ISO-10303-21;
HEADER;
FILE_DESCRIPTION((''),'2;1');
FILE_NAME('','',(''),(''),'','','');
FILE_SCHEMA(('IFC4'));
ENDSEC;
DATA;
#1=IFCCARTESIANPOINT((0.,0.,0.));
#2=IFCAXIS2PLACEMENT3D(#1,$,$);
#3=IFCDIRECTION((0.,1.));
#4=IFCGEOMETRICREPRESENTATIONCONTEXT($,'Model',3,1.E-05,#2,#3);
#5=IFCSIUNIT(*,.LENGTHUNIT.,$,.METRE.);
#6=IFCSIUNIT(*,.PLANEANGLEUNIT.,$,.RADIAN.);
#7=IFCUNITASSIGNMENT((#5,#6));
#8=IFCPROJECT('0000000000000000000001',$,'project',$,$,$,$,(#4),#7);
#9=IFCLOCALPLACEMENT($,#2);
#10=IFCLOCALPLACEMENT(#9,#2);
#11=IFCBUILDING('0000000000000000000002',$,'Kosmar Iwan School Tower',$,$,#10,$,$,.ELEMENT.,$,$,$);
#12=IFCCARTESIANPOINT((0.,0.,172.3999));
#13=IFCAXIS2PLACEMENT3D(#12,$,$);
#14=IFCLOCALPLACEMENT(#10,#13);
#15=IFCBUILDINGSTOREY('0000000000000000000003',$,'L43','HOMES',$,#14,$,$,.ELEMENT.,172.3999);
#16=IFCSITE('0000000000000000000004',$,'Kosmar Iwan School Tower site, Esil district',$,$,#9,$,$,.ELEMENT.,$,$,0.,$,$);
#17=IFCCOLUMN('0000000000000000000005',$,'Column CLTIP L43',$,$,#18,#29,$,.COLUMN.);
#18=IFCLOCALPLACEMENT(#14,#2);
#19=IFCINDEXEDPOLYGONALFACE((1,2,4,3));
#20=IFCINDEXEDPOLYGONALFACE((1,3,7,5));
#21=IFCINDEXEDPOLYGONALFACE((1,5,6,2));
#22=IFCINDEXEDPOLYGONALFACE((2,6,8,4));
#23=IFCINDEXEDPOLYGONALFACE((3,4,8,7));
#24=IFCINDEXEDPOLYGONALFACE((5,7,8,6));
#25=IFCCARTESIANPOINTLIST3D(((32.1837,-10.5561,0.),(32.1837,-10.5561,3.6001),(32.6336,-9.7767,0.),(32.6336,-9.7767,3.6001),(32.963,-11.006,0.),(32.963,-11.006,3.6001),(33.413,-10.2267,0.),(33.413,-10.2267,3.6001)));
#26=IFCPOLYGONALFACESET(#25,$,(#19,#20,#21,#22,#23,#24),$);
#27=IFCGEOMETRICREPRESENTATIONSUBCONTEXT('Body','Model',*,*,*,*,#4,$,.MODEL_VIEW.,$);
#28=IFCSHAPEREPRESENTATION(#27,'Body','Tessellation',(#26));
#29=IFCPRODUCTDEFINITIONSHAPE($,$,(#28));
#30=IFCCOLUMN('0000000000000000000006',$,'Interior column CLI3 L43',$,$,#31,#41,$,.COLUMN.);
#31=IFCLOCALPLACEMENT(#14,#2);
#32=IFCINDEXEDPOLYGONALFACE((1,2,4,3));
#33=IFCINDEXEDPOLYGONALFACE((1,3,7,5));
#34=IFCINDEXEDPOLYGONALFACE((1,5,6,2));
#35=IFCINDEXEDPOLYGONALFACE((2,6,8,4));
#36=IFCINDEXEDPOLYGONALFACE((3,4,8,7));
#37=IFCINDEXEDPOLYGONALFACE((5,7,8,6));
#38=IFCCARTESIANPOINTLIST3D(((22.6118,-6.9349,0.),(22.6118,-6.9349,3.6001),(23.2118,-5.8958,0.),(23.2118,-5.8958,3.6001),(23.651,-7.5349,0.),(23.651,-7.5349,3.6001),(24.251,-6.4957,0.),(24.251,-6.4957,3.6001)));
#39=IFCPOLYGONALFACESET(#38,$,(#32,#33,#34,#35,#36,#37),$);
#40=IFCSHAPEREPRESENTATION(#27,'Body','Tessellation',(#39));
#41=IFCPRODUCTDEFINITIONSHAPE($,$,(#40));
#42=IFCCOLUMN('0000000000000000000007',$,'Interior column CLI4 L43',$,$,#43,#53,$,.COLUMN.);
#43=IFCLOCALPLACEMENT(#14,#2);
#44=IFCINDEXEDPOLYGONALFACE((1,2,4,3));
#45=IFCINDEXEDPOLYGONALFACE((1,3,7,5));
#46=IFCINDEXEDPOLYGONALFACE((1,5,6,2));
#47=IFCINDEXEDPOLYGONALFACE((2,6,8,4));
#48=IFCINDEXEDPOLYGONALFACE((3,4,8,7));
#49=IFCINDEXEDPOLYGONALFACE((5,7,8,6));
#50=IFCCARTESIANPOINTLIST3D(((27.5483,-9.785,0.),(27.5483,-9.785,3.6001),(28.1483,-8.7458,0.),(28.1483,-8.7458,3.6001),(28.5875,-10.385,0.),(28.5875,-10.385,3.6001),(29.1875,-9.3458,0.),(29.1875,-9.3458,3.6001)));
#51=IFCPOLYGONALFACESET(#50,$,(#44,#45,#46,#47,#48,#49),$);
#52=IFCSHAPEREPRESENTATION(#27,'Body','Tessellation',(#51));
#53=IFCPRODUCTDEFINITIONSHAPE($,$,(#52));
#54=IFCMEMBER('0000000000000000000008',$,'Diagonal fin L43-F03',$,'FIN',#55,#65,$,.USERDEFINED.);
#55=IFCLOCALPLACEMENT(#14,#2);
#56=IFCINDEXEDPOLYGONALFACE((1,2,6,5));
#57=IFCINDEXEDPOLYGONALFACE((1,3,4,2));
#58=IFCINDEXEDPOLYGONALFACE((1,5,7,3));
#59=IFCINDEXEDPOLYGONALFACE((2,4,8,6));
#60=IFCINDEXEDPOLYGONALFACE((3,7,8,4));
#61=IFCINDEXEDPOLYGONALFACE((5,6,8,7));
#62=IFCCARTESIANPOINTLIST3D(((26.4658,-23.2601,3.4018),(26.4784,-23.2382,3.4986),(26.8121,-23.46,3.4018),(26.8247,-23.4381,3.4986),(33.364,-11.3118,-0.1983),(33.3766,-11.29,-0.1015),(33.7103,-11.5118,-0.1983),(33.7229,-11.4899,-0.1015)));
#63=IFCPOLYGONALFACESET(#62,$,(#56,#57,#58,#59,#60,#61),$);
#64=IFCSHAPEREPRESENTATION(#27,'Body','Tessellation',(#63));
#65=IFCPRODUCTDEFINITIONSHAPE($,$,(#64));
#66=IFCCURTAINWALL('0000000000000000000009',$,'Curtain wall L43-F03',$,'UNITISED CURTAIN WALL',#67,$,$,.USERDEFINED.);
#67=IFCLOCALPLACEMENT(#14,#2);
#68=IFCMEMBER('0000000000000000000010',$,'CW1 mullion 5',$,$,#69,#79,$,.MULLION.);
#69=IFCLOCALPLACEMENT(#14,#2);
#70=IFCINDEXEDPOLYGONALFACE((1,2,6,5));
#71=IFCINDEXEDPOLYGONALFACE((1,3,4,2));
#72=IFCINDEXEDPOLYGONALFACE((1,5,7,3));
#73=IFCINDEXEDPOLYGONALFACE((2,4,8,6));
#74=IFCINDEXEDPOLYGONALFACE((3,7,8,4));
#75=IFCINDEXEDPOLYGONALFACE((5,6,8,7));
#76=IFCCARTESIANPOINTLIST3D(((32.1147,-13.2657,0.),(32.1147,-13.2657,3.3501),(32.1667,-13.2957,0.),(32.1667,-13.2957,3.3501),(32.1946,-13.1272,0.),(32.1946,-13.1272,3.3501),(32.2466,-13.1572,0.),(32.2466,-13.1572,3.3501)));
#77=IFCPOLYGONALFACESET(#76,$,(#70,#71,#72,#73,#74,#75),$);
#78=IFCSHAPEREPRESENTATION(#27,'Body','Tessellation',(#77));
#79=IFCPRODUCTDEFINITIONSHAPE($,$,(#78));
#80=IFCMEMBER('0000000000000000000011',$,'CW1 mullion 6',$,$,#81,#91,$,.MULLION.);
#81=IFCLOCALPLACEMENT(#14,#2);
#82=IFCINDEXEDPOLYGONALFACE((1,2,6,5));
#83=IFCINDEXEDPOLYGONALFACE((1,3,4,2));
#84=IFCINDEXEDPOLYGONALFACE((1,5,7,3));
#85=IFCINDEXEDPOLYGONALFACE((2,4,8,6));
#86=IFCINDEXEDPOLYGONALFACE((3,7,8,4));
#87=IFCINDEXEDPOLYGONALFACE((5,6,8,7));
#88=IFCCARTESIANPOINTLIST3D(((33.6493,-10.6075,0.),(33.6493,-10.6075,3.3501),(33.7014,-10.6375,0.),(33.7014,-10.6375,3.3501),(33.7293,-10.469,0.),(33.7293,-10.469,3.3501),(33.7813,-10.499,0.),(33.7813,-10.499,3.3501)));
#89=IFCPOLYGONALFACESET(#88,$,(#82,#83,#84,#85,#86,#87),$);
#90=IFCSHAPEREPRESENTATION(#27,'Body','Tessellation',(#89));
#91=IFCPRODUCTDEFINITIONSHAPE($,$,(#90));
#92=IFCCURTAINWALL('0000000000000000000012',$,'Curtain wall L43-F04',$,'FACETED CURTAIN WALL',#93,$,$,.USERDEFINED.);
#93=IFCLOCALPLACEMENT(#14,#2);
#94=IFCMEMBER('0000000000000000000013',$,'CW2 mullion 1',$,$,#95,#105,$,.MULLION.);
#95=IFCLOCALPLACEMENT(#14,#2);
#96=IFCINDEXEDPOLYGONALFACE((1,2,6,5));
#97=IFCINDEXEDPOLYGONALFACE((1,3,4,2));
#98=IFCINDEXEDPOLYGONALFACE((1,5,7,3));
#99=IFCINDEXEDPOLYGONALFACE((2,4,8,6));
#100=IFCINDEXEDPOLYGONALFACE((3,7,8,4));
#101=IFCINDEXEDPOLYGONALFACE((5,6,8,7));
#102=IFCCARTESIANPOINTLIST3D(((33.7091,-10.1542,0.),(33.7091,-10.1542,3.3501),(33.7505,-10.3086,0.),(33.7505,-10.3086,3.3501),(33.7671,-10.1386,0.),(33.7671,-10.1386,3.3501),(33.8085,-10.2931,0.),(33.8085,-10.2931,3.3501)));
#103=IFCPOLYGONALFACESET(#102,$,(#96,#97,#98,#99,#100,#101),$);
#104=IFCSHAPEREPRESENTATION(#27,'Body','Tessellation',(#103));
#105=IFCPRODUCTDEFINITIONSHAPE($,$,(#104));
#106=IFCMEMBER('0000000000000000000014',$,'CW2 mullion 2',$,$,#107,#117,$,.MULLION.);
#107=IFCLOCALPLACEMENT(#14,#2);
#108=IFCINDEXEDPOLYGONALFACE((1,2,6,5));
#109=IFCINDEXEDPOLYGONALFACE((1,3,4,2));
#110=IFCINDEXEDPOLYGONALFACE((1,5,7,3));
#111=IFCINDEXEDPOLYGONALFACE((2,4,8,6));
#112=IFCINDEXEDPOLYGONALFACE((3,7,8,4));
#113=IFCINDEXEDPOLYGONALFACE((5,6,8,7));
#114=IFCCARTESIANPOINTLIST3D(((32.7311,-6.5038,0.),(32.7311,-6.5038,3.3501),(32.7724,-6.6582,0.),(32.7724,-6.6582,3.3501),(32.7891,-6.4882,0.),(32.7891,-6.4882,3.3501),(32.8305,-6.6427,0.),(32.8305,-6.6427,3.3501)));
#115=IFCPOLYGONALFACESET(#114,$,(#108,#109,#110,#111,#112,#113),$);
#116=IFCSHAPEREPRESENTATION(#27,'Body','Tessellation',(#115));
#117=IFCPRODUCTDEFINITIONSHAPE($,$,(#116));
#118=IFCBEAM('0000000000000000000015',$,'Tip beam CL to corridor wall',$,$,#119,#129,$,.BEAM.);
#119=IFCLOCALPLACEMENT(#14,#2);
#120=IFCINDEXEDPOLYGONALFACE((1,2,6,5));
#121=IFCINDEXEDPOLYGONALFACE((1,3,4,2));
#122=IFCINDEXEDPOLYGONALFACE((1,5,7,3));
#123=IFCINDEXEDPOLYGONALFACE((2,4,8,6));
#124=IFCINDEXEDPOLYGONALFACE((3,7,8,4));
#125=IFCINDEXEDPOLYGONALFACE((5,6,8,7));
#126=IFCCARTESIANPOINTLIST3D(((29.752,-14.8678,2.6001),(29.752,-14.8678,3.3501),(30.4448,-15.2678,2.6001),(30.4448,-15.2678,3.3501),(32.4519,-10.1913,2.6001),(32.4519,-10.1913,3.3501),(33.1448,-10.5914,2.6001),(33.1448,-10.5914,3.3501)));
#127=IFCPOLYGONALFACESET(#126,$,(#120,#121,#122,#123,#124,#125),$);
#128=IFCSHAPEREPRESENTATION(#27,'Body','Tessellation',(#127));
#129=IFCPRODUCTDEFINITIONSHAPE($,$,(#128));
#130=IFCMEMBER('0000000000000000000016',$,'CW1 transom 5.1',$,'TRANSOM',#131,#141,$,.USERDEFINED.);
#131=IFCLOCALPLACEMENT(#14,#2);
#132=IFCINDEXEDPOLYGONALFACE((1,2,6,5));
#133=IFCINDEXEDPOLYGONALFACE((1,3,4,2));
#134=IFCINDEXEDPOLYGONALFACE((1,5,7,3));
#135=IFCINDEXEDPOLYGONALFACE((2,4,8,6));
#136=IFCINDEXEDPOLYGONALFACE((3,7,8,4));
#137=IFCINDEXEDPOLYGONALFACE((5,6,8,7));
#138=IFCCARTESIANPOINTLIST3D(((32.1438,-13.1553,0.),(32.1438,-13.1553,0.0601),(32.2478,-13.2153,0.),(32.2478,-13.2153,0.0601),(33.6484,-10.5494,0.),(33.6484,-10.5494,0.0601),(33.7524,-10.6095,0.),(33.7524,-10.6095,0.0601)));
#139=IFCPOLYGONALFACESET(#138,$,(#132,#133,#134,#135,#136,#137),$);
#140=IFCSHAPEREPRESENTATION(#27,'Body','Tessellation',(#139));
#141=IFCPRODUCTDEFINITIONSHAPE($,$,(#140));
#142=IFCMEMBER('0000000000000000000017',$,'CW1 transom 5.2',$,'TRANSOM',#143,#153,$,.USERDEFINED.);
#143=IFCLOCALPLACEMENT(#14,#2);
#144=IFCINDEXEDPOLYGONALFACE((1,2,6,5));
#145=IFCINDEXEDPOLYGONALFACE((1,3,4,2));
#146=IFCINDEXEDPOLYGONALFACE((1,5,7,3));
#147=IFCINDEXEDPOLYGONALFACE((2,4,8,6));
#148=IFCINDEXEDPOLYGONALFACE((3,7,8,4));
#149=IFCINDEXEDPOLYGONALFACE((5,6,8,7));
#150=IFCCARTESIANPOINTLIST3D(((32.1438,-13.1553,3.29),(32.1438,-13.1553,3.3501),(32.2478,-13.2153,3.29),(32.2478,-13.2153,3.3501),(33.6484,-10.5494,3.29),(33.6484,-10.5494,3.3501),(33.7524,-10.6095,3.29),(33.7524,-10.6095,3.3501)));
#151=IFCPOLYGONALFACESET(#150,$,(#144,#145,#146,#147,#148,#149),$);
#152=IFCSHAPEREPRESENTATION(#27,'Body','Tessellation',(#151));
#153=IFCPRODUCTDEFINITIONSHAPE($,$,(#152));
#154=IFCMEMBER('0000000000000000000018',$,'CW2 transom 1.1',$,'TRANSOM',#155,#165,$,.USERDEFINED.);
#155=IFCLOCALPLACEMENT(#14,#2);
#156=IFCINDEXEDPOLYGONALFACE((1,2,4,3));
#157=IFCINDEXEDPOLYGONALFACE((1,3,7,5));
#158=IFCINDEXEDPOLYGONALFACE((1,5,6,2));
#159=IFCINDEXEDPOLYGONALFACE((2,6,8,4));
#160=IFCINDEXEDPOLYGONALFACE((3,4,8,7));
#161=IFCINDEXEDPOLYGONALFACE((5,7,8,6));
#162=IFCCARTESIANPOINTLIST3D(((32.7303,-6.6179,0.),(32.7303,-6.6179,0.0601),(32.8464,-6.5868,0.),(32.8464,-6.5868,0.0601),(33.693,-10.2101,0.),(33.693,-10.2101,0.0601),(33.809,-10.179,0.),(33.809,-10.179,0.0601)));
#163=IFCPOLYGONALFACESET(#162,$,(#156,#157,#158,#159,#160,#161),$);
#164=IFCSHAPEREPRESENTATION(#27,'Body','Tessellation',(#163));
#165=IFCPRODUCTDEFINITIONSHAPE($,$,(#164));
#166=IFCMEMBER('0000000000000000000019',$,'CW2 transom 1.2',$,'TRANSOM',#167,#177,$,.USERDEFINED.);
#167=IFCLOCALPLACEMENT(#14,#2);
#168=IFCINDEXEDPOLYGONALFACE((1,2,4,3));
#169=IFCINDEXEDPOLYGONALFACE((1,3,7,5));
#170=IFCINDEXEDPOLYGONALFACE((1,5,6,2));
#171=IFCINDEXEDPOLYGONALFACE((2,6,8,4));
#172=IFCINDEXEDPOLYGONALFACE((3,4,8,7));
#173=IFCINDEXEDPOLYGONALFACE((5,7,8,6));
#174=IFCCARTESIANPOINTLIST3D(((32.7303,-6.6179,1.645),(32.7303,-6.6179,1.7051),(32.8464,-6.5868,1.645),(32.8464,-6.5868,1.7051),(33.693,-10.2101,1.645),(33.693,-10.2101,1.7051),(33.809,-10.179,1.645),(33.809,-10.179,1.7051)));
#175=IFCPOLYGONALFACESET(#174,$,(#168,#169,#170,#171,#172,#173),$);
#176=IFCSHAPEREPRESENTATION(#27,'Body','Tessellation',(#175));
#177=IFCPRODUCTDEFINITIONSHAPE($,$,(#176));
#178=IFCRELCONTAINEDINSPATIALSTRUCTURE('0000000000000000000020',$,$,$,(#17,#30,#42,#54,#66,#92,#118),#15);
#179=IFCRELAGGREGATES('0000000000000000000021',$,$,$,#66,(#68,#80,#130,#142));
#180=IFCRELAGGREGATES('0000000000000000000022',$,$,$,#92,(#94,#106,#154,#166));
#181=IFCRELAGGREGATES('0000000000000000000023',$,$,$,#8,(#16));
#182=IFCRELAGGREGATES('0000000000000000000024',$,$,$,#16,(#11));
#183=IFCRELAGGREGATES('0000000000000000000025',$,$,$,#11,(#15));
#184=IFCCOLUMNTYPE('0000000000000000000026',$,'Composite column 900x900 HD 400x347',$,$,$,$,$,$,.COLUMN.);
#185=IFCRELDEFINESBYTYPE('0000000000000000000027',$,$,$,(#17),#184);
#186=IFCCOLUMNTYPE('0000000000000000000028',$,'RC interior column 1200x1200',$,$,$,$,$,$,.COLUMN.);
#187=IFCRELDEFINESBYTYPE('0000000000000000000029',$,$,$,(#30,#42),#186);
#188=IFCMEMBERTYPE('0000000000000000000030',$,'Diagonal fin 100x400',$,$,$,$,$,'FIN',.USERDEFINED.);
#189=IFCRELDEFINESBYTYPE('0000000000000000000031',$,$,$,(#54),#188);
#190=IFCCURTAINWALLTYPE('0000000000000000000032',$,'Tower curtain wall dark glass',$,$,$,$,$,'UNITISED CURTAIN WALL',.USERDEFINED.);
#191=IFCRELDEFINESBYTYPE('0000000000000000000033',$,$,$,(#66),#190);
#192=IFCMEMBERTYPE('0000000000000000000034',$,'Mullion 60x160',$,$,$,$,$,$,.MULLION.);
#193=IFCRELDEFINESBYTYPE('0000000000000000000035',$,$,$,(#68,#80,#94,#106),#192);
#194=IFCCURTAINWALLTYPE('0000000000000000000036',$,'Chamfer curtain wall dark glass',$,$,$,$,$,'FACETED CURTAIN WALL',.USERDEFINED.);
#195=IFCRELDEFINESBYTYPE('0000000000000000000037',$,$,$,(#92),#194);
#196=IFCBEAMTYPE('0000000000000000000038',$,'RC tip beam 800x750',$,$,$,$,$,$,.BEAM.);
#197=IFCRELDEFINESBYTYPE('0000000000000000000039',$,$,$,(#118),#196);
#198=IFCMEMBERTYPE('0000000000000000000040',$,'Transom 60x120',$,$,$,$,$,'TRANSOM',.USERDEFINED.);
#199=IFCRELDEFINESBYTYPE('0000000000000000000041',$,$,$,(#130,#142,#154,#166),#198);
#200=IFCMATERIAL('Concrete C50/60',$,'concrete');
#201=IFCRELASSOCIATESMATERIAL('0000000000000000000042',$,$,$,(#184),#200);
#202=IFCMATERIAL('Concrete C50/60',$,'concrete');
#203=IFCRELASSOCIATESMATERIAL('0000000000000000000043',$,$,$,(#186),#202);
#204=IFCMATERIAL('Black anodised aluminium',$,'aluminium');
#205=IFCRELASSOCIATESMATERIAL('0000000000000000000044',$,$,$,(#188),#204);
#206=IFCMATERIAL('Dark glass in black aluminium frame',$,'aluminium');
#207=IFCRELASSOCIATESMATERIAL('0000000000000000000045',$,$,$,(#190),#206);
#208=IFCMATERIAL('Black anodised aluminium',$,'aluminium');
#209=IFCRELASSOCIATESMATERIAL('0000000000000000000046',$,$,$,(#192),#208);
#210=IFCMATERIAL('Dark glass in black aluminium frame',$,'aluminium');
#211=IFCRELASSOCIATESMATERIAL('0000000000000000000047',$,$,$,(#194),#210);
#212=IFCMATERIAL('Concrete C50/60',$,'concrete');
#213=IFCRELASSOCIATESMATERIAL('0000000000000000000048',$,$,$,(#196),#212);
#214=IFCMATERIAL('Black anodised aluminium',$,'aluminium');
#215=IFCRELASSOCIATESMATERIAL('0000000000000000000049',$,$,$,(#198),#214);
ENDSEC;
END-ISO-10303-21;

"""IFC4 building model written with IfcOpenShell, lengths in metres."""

from ifc_helpers import new_model, si_unit, direction, frame, origin, origin_2d, place, context, subcontext, project, spatial, rectangle, extrude, material, material_profile, profile_set, type_object, element, aggregate, save


model = new_model("IFC4")

# Units and contexts
model_context = context("Model", 3, precision=1e-05, world=origin(), true_north=direction((0.0, 1.0)))
body_context = subcontext(model_context, "Body", "Model", "MODEL_VIEW")
ifc_project = project(units=[si_unit("LENGTHUNIT", "METRE"), si_unit("PLANEANGLEUNIT", "RADIAN")], contexts=[model_context])

# Site, building, storey
site_placement = place(None, origin())
site = spatial("IfcSite", under=ifc_project, at=site_placement, Name="Kosmar Iwan School Tower site, Esil district", CompositionType="ELEMENT", RefElevation=0.0)
building_placement = place(site_placement, origin())
building = spatial("IfcBuilding", under=site, at=building_placement, Name="Kosmar Iwan School Tower", CompositionType="ELEMENT")
storey_placement = place(building_placement, frame((0.0, 0.0, 172.3999)))
storey = spatial("IfcBuildingStorey", under=building, at=storey_placement, Name="L43", Description="HOMES", CompositionType="ELEMENT", Elevation=172.3999)

# Columns
ifc_material_1 = material(Name="Concrete C50/60", Category="concrete")
ifc_material_profile_1 = material_profile(ifc_material_1, rectangle(XDim=0.8999, YDim=0.8999, at=origin_2d()), Name="RC 900x900 + HD 400x347")
ifc_profile_set_1 = profile_set([ifc_material_profile_1], Name="Concrete C50/60")
column_type_1 = type_object("IfcColumnType", Name="Composite column 900x900 HD 400x347", PredefinedType="COLUMN", material=ifc_profile_set_1)
column_placement = place(storey_placement, frame((32.7983, -10.3914, 0.0), z_axis=(0.0, 0.0, 1.0), x_axis=(0.866025, -0.5, 0.0)))
element("IfcColumn", 1, at=column_placement, inside=storey, type_object=column_type_1, Name="Column CLTIP L43", PredefinedType="COLUMN", context=body_context, shape_type="SweptSolid", body=[
    extrude(rectangle(XDim=0.8999, YDim=0.8999, at=origin_2d()), origin(), (0.0, 0.0, 1.0), 3.6001),
])
ifc_material_2 = material(Name="Concrete C50/60", Category="concrete")
ifc_material_profile_2 = material_profile(ifc_material_2, rectangle(XDim=1.2, YDim=1.2, at=origin_2d()), Name="RC 1200x1200")
ifc_profile_set_2 = profile_set([ifc_material_profile_2], Name="Concrete C50/60")
column_type_2 = type_object("IfcColumnType", Name="RC interior column 1200x1200", PredefinedType="COLUMN", material=ifc_profile_set_2)
for number, where, z_axis, x_axis, name in (
    (2, (23.4314, -6.7153, 0.0), (0.0, 0.0, 1.0), (0.866025, -0.5, 0.0), "Interior column CLI3 L43"),
    (3, (28.3679, -9.5654, 0.0), (0.0, 0.0, 1.0), (0.866025, -0.5, 0.0), "Interior column CLI4 L43"),
):
    element("IfcColumn", number, at=place(storey_placement, frame(where, z_axis=z_axis, x_axis=x_axis)), inside=storey, type_object=column_type_2, Name=name, PredefinedType="COLUMN", context=body_context, shape_type="SweptSolid", body=[
        extrude(rectangle(XDim=1.2, YDim=1.2, at=origin_2d()), origin(), (0.0, 0.0, 1.0), 3.6001),
    ])

# Member
ifc_material_3 = material(Name="Black anodised aluminium", Category="aluminium")
ifc_material_profile_3 = material_profile(ifc_material_3, rectangle(XDim=0.1001, YDim=0.3999, at=origin_2d()), Name="FIN 100x400")
ifc_profile_set_3 = profile_set([ifc_material_profile_3], Name="Black anodised aluminium")
member_type_1 = type_object("IfcMemberType", Name="Diagonal fin 100x400", ElementType="FIN", PredefinedType="USERDEFINED", material=ifc_profile_set_3)
member_1_placement = place(storey_placement, frame((33.5435, -11.4009, -0.1499), z_axis=(-0.483793, -0.83797, 0.252487), x_axis=(0.126242, 0.218661, 0.9676)))
element("IfcMember", 4, at=member_1_placement, inside=storey, type_object=member_type_1, Name="Diagonal fin L43-F03", ObjectType="FIN", PredefinedType="USERDEFINED", context=body_context, shape_type="SweptSolid", body=[
    extrude(rectangle(XDim=0.1001, YDim=0.3999, at=origin_2d()), origin(), (0.0, 0.0, 1.0), 14.2585),
])

# Curtain walls, members
ifc_material_4 = material(Name="Dark glass in black aluminium frame", Category="aluminium")
curtain_wall_type_1 = type_object("IfcCurtainWallType", Name="Tower curtain wall dark glass", ElementType="UNITISED CURTAIN WALL", PredefinedType="USERDEFINED", material=ifc_material_4)
curtain_wall_1_placement = place(storey_placement, origin())
curtain_wall_1 = element("IfcCurtainWall", 5, at=curtain_wall_1_placement, inside=storey, type_object=curtain_wall_type_1, Name="Curtain wall L43-F03", ObjectType="UNITISED CURTAIN WALL", PredefinedType="USERDEFINED")
ifc_material_5 = material(Name="Black anodised aluminium", Category="aluminium")
ifc_material_profile_4 = material_profile(ifc_material_5, rectangle(XDim=0.0601, YDim=0.1599, at=origin_2d()), Name="MULLION 60x160")
ifc_profile_set_4 = profile_set([ifc_material_profile_4], Name="Black anodised aluminium")
member_type_2 = type_object("IfcMemberType", Name="Mullion 60x160", PredefinedType="MULLION", material=ifc_profile_set_4)
member_2_placement = place(storey_placement, frame((32.1807, -13.2114, 0.0), z_axis=(0.0, 0.0, 1.0), x_axis=(-0.866025, 0.5, 0.0)))
member_2 = element("IfcMember", 6, at=member_2_placement, type_object=member_type_2, Name="CW1 mullion 5", PredefinedType="MULLION", context=body_context, shape_type="SweptSolid", body=[
    extrude(rectangle(XDim=0.0601, YDim=0.1599, at=origin_2d()), origin(), (0.0, 0.0, 1.0), 3.3501),
])
member_3_placement = place(storey_placement, frame((33.7153, -10.5532, 0.0), z_axis=(0.0, 0.0, 1.0), x_axis=(-0.866025, 0.5, 0.0)))
member_3 = element("IfcMember", 7, at=member_3_placement, type_object=member_type_2, Name="CW1 mullion 6", PredefinedType="MULLION", context=body_context, shape_type="SweptSolid", body=[
    extrude(rectangle(XDim=0.0601, YDim=0.1599, at=origin_2d()), origin(), (0.0, 0.0, 1.0), 3.3501),
])
ifc_material_6 = material(Name="Dark glass in black aluminium frame", Category="aluminium")
curtain_wall_type_2 = type_object("IfcCurtainWallType", Name="Chamfer curtain wall dark glass", ElementType="FACETED CURTAIN WALL", PredefinedType="USERDEFINED", material=ifc_material_6)
curtain_wall_2_placement = place(storey_placement, origin())
curtain_wall_2 = element("IfcCurtainWall", 8, at=curtain_wall_2_placement, inside=storey, type_object=curtain_wall_type_2, Name="Curtain wall L43-F04", ObjectType="FACETED CURTAIN WALL", PredefinedType="USERDEFINED")
member_4_placement = place(storey_placement, frame((33.7588, -10.2236, 0.0), z_axis=(0.0, 0.0, 1.0), x_axis=(-0.965926, -0.258819, 0.0)))
member_4 = element("IfcMember", 9, at=member_4_placement, type_object=member_type_2, Name="CW2 mullion 1", PredefinedType="MULLION", context=body_context, shape_type="SweptSolid", body=[
    extrude(rectangle(XDim=0.0601, YDim=0.1599, at=origin_2d()), origin(), (0.0, 0.0, 1.0), 3.3501),
])
member_5_placement = place(storey_placement, frame((32.7808, -6.5732, 0.0), z_axis=(0.0, 0.0, 1.0), x_axis=(-0.965926, -0.258819, 0.0)))
member_5 = element("IfcMember", 10, at=member_5_placement, type_object=member_type_2, Name="CW2 mullion 2", PredefinedType="MULLION", context=body_context, shape_type="SweptSolid", body=[
    extrude(rectangle(XDim=0.0601, YDim=0.1599, at=origin_2d()), origin(), (0.0, 0.0, 1.0), 3.3501),
])

# Beam
ifc_material_7 = material(Name="Concrete C50/60", Category="concrete")
ifc_material_profile_5 = material_profile(ifc_material_7, rectangle(XDim=0.8, YDim=0.75, at=origin_2d()), Name="RC 800x750")
ifc_profile_set_5 = profile_set([ifc_material_profile_5], Name="Concrete C50/60")
beam_type = type_object("IfcBeamType", Name="RC tip beam 800x750", PredefinedType="BEAM", material=ifc_profile_set_5)
beam_placement = place(storey_placement, frame((32.7983, -10.3914, 2.9751), z_axis=(-0.499995, -0.866028, 0.0), x_axis=(0.866028, -0.499995, 0.0)))
element("IfcBeam", 11, at=beam_placement, inside=storey, type_object=beam_type, Name="Tip beam CL to corridor wall", PredefinedType="BEAM", context=body_context, shape_type="SweptSolid", body=[
    extrude(rectangle(XDim=0.8, YDim=0.75, at=origin_2d()), origin(), (0.0, 0.0, 1.0), 5.3999),
])

# Members
ifc_material_8 = material(Name="Black anodised aluminium", Category="aluminium")
ifc_material_profile_6 = material_profile(ifc_material_8, rectangle(XDim=0.1201, YDim=0.0601, at=origin_2d()), Name="TRANSOM 60x120")
ifc_profile_set_6 = profile_set([ifc_material_profile_6], Name="Black anodised aluminium")
member_type_3 = type_object("IfcMemberType", Name="Transom 60x120", ElementType="TRANSOM", PredefinedType="USERDEFINED", material=ifc_profile_set_6)
member_6_placement = place(storey_placement, frame((32.1958, -13.1853, 0.03), z_axis=(0.500022, 0.866013, 0.0), x_axis=(-0.866013, 0.500022, 0.0)))
member_6 = element("IfcMember", 12, at=member_6_placement, type_object=member_type_3, Name="CW1 transom 5.1", ObjectType="TRANSOM", PredefinedType="USERDEFINED", context=body_context, shape_type="SweptSolid", body=[
    extrude(rectangle(XDim=0.1201, YDim=0.0601, at=origin_2d()), origin(), (0.0, 0.0, 1.0), 3.009),
])
member_7_placement = place(storey_placement, frame((32.1958, -13.1853, 3.3201), z_axis=(0.500022, 0.866013, 0.0), x_axis=(-0.866013, 0.500022, 0.0)))
member_7 = element("IfcMember", 13, at=member_7_placement, type_object=member_type_3, Name="CW1 transom 5.2", ObjectType="TRANSOM", PredefinedType="USERDEFINED", context=body_context, shape_type="SweptSolid", body=[
    extrude(rectangle(XDim=0.1201, YDim=0.0601, at=origin_2d()), origin(), (0.0, 0.0, 1.0), 3.009),
])
member_8_placement = place(storey_placement, frame((33.751, -10.1946, 0.03), z_axis=(-0.258843, 0.965919, 0.0), x_axis=(-0.965919, -0.258843, 0.0)))
member_8 = element("IfcMember", 14, at=member_8_placement, type_object=member_type_3, Name="CW2 transom 1.1", ObjectType="TRANSOM", PredefinedType="USERDEFINED", context=body_context, shape_type="SweptSolid", body=[
    extrude(rectangle(XDim=0.1201, YDim=0.0601, at=origin_2d()), origin(), (0.0, 0.0, 1.0), 3.719),
])
member_9_placement = place(storey_placement, frame((33.751, -10.1946, 1.675), z_axis=(-0.258843, 0.965919, 0.0), x_axis=(-0.965919, -0.258843, 0.0)))
member_9 = element("IfcMember", 15, at=member_9_placement, type_object=member_type_3, Name="CW2 transom 1.2", ObjectType="TRANSOM", PredefinedType="USERDEFINED", context=body_context, shape_type="SweptSolid", body=[
    extrude(rectangle(XDim=0.1201, YDim=0.0601, at=origin_2d()), origin(), (0.0, 0.0, 1.0), 3.719),
])

aggregate(curtain_wall_1, [member_2, member_3, member_6, member_7])
aggregate(curtain_wall_2, [member_4, member_5, member_8, member_9])

save(model, "model.ifc")
